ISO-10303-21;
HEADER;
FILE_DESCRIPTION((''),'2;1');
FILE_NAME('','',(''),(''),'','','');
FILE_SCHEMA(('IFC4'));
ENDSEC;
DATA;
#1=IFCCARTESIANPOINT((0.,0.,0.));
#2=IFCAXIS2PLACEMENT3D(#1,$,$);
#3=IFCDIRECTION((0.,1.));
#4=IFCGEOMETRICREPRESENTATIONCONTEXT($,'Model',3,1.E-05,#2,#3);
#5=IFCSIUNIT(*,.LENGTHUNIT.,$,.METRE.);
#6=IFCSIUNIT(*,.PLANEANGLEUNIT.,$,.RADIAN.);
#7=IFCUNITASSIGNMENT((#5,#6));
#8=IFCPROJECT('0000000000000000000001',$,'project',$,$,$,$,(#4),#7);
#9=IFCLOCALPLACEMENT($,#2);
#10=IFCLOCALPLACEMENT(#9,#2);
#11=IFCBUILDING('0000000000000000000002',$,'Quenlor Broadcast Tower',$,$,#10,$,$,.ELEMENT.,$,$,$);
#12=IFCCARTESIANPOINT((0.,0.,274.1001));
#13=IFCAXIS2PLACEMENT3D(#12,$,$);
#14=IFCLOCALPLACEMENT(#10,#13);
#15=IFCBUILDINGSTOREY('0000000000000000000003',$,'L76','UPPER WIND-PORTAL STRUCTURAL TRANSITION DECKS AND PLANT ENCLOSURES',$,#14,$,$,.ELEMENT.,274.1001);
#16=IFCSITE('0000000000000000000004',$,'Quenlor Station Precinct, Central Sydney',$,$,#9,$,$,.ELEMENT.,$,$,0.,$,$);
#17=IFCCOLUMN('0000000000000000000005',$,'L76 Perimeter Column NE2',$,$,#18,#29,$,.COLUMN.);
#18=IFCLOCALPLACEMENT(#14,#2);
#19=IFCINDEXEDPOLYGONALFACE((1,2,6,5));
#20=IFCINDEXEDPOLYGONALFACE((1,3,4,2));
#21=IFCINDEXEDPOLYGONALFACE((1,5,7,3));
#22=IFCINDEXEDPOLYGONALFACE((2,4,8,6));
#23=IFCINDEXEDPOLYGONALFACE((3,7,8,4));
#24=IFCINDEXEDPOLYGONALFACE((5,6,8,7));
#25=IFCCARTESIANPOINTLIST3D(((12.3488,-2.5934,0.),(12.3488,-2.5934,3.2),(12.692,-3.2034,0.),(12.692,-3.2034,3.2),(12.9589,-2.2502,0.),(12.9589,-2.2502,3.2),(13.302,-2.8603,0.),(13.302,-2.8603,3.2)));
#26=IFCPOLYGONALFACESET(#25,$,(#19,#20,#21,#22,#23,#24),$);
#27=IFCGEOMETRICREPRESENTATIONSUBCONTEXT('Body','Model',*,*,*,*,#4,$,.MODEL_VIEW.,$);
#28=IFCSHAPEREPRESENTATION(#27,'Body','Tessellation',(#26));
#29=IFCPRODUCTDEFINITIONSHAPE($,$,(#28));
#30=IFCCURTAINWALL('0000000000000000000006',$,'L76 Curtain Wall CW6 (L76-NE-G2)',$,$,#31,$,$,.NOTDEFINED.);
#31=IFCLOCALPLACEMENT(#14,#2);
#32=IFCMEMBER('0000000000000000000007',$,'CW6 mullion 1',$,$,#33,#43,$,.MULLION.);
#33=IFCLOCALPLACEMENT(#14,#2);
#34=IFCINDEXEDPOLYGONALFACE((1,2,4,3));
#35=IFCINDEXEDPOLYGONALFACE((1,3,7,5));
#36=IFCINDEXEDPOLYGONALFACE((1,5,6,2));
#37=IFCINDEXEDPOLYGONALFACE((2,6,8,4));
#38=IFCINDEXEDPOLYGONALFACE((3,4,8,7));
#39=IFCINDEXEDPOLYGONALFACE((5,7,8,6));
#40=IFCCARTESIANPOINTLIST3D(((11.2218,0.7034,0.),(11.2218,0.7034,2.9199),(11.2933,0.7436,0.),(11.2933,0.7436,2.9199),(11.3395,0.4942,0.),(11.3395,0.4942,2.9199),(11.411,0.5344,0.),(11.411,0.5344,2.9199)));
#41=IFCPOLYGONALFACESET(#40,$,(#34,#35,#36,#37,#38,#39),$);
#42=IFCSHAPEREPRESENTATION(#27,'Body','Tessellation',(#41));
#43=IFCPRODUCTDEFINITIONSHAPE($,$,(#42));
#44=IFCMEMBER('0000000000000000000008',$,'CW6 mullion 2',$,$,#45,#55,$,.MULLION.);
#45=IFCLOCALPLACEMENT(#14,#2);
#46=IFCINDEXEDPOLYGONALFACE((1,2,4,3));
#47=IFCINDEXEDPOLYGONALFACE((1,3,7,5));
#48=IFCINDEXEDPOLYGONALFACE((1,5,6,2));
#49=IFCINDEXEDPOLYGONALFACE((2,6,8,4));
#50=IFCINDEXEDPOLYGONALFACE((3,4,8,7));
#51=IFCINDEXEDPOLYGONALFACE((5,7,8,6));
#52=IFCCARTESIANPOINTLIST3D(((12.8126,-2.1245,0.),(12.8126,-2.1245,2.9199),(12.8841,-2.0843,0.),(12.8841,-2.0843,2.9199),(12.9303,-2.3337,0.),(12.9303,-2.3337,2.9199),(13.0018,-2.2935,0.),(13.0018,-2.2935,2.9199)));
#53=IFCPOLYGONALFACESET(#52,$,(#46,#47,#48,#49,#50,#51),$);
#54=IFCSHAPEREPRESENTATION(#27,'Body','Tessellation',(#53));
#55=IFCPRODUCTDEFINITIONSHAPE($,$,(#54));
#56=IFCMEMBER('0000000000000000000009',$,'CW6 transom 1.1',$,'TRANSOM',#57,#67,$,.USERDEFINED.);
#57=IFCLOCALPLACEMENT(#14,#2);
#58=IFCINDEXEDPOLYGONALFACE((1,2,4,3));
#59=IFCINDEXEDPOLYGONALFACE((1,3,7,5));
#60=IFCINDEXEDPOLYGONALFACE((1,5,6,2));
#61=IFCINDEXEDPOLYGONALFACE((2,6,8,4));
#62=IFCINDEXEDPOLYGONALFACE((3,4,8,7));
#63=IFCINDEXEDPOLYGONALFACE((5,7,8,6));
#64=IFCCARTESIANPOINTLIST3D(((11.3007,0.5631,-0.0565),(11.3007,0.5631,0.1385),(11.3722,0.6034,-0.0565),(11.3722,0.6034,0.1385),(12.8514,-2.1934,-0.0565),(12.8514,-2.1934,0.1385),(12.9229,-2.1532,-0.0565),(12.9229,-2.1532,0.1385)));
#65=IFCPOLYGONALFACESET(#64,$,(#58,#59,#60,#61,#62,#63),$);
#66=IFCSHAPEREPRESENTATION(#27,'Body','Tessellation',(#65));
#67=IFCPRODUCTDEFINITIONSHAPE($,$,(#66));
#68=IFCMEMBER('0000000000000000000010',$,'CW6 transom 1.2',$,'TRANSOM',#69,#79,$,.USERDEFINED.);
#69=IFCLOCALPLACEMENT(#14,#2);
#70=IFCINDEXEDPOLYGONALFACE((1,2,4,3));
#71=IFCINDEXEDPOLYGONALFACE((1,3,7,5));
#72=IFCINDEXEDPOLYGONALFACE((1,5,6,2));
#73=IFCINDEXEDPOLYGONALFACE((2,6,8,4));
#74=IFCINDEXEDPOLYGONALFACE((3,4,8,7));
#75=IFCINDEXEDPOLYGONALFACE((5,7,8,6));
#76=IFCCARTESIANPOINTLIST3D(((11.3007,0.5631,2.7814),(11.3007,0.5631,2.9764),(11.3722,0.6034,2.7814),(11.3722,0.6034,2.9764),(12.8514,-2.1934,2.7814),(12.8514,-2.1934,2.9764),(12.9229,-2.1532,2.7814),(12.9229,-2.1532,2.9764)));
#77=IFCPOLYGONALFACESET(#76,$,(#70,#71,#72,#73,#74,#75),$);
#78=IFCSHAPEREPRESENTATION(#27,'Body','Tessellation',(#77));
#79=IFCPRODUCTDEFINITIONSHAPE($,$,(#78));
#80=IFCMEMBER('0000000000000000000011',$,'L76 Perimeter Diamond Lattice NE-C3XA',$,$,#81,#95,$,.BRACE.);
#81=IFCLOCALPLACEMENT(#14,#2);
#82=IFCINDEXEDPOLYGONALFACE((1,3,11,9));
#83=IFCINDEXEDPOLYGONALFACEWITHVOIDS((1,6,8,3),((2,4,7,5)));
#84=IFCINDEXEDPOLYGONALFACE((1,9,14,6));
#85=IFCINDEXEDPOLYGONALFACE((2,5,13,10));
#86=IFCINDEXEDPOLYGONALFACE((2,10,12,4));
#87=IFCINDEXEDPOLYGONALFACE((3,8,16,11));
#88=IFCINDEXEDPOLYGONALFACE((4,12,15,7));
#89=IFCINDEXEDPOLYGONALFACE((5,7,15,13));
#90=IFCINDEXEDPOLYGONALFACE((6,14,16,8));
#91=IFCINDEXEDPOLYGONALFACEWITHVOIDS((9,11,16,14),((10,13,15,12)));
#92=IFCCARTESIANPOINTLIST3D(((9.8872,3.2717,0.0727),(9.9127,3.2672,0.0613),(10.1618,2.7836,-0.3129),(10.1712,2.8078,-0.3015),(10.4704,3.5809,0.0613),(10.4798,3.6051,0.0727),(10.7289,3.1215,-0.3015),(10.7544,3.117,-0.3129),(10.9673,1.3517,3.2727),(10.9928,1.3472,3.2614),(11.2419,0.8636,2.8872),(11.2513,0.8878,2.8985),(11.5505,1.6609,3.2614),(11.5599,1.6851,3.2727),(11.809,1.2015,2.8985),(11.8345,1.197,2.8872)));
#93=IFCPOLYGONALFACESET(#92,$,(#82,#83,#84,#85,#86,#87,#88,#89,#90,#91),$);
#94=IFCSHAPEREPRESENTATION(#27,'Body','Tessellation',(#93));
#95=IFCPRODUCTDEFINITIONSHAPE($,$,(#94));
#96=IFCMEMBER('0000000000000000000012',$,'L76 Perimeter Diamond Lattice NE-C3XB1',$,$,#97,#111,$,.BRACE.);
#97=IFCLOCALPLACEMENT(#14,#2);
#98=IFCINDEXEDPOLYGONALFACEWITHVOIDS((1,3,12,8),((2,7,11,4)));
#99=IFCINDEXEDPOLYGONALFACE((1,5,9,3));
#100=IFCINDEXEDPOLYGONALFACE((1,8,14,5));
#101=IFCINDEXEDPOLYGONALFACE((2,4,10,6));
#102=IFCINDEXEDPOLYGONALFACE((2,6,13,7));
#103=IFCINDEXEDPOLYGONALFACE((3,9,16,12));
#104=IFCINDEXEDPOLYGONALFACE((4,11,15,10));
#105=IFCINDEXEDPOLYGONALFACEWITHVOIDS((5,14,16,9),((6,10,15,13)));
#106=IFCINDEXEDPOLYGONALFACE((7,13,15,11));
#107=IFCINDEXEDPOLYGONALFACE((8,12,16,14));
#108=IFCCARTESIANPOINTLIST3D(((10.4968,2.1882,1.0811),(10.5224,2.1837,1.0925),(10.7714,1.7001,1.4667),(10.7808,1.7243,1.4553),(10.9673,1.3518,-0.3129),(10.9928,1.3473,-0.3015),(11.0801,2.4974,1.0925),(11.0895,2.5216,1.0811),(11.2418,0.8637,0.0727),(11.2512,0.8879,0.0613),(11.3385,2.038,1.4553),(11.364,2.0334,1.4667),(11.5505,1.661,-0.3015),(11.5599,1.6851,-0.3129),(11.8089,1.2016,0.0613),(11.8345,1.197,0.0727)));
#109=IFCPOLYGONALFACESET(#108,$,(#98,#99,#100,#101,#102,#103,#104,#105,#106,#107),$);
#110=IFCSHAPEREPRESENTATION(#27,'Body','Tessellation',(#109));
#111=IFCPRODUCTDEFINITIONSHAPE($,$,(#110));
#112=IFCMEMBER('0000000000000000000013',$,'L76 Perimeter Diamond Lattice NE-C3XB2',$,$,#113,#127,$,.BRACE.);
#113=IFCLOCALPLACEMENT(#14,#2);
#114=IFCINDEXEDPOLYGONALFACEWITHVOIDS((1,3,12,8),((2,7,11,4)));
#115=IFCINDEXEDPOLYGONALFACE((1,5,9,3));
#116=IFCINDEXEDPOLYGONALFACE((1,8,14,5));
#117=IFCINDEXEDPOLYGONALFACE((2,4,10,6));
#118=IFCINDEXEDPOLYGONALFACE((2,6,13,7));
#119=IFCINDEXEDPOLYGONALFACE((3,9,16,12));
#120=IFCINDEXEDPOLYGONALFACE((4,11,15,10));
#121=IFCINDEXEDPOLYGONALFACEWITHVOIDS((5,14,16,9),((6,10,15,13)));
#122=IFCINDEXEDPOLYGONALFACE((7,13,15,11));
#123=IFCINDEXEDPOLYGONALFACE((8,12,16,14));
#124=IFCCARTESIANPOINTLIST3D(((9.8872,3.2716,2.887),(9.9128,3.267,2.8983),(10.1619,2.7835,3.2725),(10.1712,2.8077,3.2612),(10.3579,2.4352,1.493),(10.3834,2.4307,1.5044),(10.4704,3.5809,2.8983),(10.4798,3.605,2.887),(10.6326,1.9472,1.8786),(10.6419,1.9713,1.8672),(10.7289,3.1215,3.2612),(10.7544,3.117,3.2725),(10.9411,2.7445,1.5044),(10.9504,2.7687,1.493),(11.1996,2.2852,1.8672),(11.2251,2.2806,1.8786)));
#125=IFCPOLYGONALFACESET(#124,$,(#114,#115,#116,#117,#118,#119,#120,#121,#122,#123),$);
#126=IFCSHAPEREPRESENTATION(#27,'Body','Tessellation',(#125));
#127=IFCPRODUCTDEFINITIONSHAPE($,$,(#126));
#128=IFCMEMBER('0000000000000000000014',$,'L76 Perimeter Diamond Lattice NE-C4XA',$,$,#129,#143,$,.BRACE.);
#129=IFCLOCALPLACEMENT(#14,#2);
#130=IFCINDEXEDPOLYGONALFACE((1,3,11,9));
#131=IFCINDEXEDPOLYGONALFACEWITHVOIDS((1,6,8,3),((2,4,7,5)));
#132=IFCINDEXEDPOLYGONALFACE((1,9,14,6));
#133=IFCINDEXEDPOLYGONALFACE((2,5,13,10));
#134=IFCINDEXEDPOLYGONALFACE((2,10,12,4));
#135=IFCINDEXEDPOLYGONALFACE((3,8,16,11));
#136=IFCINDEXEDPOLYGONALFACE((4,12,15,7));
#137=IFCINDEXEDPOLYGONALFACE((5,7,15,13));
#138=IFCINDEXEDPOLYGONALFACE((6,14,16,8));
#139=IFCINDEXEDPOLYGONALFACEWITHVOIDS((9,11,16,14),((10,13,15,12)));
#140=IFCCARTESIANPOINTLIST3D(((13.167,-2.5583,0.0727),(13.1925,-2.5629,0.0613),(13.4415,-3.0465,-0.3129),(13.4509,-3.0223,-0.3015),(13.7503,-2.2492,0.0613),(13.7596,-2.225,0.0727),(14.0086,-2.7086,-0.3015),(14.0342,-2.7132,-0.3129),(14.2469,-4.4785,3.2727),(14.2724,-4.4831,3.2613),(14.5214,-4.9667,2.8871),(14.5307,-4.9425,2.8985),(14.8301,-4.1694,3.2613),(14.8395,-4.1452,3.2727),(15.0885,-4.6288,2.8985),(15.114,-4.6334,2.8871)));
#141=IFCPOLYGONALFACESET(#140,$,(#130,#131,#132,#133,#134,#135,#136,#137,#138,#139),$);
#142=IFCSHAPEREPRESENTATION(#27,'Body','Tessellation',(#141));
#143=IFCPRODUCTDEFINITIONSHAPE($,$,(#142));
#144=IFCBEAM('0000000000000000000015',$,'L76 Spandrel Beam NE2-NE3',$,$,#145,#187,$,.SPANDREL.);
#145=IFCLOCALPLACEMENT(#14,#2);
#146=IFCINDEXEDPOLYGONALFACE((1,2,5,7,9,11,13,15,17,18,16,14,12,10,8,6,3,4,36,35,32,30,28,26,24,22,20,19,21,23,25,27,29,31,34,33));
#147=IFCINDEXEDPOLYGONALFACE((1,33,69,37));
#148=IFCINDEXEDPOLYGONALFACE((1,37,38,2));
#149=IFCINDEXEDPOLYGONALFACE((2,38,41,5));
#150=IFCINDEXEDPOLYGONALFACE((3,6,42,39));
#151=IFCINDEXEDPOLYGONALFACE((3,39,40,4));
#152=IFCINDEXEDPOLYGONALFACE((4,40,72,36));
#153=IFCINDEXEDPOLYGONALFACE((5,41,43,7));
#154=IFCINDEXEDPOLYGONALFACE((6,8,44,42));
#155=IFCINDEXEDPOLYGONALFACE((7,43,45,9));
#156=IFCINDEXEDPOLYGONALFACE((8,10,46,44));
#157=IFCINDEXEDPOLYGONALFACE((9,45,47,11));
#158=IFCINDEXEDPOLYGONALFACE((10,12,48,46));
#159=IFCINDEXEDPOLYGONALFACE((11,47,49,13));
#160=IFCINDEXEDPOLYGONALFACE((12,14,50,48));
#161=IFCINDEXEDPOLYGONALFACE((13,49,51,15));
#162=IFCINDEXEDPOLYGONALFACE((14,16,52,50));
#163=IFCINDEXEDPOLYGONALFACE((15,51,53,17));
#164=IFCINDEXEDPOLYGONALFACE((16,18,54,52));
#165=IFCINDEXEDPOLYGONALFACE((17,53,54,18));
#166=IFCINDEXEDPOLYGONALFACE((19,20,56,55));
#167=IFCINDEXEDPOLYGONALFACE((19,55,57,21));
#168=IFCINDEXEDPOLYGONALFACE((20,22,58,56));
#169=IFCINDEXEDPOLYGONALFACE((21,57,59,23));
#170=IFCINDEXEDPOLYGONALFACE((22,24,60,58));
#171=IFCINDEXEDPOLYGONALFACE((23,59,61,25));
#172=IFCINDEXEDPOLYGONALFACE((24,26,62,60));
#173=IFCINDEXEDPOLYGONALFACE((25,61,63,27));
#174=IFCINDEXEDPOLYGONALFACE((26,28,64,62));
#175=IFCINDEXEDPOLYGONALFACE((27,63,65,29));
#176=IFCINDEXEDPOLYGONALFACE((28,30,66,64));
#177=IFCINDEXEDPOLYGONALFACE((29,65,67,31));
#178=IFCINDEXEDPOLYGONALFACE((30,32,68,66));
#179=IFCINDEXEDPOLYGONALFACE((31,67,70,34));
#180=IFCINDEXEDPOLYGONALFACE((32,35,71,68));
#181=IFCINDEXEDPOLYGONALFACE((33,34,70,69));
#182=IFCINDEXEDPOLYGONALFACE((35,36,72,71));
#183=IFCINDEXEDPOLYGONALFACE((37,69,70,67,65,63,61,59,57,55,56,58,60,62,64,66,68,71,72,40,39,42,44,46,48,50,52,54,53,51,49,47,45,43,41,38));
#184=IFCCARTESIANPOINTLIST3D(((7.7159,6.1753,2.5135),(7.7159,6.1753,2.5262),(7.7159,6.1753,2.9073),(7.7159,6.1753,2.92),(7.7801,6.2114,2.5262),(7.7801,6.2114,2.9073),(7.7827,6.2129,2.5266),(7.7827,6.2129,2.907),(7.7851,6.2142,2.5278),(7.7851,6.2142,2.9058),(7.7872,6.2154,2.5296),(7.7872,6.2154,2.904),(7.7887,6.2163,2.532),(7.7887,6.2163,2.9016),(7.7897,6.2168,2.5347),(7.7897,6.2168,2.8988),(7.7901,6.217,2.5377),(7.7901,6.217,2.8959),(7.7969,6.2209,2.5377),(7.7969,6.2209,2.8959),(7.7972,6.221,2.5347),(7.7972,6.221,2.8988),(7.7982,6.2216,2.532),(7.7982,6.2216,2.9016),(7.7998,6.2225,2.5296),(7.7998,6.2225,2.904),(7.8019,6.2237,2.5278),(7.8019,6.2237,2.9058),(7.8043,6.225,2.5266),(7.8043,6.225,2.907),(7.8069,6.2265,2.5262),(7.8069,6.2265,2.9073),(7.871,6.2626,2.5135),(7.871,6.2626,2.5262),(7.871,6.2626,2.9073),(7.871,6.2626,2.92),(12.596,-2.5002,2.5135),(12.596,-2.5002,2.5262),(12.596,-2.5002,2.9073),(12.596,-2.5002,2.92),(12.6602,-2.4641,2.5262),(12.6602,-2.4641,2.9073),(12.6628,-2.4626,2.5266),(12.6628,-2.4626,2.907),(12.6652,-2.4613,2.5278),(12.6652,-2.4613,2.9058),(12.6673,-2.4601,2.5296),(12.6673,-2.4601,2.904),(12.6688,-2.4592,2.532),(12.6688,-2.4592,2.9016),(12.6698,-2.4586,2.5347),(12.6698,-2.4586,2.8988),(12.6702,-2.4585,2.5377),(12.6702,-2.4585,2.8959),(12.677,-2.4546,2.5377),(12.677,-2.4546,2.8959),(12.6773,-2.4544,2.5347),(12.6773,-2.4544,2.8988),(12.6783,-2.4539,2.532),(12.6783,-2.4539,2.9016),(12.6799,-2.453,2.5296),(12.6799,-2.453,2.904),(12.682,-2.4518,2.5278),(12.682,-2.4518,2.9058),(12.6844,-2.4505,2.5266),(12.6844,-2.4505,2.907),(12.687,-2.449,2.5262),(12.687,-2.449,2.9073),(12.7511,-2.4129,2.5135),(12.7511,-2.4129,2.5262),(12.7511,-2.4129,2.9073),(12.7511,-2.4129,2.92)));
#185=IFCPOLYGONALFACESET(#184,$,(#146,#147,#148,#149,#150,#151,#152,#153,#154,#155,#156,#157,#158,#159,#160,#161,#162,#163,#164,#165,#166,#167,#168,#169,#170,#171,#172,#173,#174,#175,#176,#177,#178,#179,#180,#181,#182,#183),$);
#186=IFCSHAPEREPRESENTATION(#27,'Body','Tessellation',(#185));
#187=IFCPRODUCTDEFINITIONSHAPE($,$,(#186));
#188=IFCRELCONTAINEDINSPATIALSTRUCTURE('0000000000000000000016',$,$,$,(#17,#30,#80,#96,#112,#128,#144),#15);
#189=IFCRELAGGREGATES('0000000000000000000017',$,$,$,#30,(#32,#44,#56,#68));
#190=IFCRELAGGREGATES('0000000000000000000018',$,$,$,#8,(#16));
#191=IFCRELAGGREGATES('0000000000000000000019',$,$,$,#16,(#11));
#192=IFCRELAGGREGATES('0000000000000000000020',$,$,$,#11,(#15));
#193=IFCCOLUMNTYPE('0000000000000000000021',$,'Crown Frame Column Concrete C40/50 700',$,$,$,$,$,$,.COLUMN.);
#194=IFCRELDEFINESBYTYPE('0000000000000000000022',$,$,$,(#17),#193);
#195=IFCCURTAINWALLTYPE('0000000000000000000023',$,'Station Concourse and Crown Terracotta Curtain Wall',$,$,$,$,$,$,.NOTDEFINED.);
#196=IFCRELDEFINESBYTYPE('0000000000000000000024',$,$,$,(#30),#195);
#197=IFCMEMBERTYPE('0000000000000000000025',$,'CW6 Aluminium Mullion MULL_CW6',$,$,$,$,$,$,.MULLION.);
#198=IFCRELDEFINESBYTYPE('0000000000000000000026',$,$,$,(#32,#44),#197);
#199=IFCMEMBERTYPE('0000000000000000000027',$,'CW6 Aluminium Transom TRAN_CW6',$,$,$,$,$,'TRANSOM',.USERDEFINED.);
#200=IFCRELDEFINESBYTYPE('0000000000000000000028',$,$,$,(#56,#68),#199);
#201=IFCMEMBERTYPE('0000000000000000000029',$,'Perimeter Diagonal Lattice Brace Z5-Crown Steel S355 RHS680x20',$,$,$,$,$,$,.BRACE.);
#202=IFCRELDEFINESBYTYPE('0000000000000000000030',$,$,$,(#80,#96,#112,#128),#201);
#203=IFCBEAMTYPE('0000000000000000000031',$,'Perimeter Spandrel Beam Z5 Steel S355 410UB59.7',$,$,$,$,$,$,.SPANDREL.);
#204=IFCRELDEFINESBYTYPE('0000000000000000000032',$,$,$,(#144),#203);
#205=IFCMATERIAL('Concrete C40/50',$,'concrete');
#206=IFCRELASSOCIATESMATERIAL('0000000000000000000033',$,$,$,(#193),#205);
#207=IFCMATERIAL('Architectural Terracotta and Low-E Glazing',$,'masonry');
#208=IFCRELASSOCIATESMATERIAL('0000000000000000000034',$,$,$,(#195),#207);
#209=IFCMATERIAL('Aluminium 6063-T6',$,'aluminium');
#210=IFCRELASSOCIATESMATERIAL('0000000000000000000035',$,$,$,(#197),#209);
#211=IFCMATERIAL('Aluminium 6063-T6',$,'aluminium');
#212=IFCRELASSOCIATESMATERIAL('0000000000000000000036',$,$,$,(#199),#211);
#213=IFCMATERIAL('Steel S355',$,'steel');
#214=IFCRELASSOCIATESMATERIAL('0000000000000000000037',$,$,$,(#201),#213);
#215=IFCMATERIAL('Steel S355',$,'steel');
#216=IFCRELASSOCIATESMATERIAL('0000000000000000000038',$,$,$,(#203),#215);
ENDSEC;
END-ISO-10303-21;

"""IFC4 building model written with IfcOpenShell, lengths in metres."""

from ifc_helpers import new_model, si_unit, direction, frame, origin, origin_2d, place, context, subcontext, project, spatial, rectangle, hollow_rectangle, i_section, extrude, material, material_profile, profile_set, type_object, element, aggregate, save


model = new_model("IFC4")

# Units and contexts
model_context = context("Model", 3, precision=1e-05, world=origin(), true_north=direction((0.0, 1.0)))
body_context = subcontext(model_context, "Body", "Model", "MODEL_VIEW")
ifc_project = project(units=[si_unit("LENGTHUNIT", "METRE"), si_unit("PLANEANGLEUNIT", "RADIAN")], contexts=[model_context])

# Site, building, storey
site_placement = place(None, origin())
site = spatial("IfcSite", under=ifc_project, at=site_placement, Name="Quenlor Station Precinct, Central Sydney", CompositionType="ELEMENT", RefElevation=0.0)
building_placement = place(site_placement, origin())
building = spatial("IfcBuilding", under=site, at=building_placement, Name="Quenlor Broadcast Tower", CompositionType="ELEMENT")
storey_placement = place(building_placement, frame((0.0, 0.0, 274.1001)))
storey = spatial("IfcBuildingStorey", under=building, at=storey_placement, Name="L76", Description="UPPER WIND-PORTAL STRUCTURAL TRANSITION DECKS AND PLANT ENCLOSURES", CompositionType="ELEMENT", Elevation=274.1001)

# Column
ifc_material_1 = material(Name="Concrete C40/50", Category="concrete")
ifc_material_profile_1 = material_profile(ifc_material_1, rectangle(XDim=0.7, YDim=0.7, at=origin_2d()))
ifc_profile_set_1 = profile_set([ifc_material_profile_1], Name="Concrete C40/50 RC700x700")
column_type = type_object("IfcColumnType", Name="Crown Frame Column Concrete C40/50 700", PredefinedType="COLUMN", material=ifc_profile_set_1)
column_placement = place(storey_placement, frame((12.8254, -2.7268, 0.0), z_axis=(0.0, 0.0, 1.0), x_axis=(0.871575, 0.490262, 0.0)))
element("IfcColumn", 1, at=column_placement, inside=storey, type_object=column_type, Name="L76 Perimeter Column NE2", PredefinedType="COLUMN", context=body_context, shape_type="SweptSolid", body=[
    extrude(rectangle(XDim=0.7, YDim=0.7, at=origin_2d()), origin(), (0.0, 0.0, 1.0), 3.2),
])

# Curtain wall, members
ifc_material_2 = material(Name="Architectural Terracotta and Low-E Glazing", Category="masonry")
curtain_wall_type = type_object("IfcCurtainWallType", Name="Station Concourse and Crown Terracotta Curtain Wall", PredefinedType="NOTDEFINED", material=ifc_material_2)
curtain_wall_placement = place(storey_placement, origin())
curtain_wall = element("IfcCurtainWall", 2, at=curtain_wall_placement, inside=storey, type_object=curtain_wall_type, Name="L76 Curtain Wall CW6 (L76-NE-G2)", PredefinedType="NOTDEFINED")
ifc_material_3 = material(Name="Aluminium 6063-T6", Category="aluminium")
ifc_material_profile_2 = material_profile(ifc_material_3, rectangle(XDim=0.082, YDim=0.24, at=origin_2d()))
ifc_profile_set_2 = profile_set([ifc_material_profile_2], Name="Aluminium 6063-T6 MULL82x240")
member_type_1 = type_object("IfcMemberType", Name="CW6 Aluminium Mullion MULL_CW6", PredefinedType="MULLION", material=ifc_profile_set_2)
member_1_placement = place(storey_placement, frame((11.3164, 0.6189, 0.0), z_axis=(0.0, 0.0, 1.0), x_axis=(0.871572, 0.490268, 0.0)))
member_1 = element("IfcMember", 3, at=member_1_placement, type_object=member_type_1, Name="CW6 mullion 1", PredefinedType="MULLION", context=body_context, shape_type="SweptSolid", body=[
    extrude(rectangle(XDim=0.082, YDim=0.24, at=origin_2d()), origin(), (0.0, 0.0, 1.0), 2.9199),
])
member_2_placement = place(storey_placement, frame((12.9072, -2.209, 0.0), z_axis=(0.0, 0.0, 1.0), x_axis=(0.871572, 0.490268, 0.0)))
member_2 = element("IfcMember", 4, at=member_2_placement, type_object=member_type_1, Name="CW6 mullion 2", PredefinedType="MULLION", context=body_context, shape_type="SweptSolid", body=[
    extrude(rectangle(XDim=0.082, YDim=0.24, at=origin_2d()), origin(), (0.0, 0.0, 1.0), 2.9199),
])
ifc_material_4 = material(Name="Aluminium 6063-T6", Category="aluminium")
ifc_material_profile_3 = material_profile(ifc_material_4, rectangle(XDim=0.082, YDim=0.1951, at=origin_2d()))
ifc_profile_set_3 = profile_set([ifc_material_profile_3], Name="Aluminium 6063-T6 TRAN82x195")
member_type_2 = type_object("IfcMemberType", Name="CW6 Aluminium Transom TRAN_CW6", ElementType="TRANSOM", PredefinedType="USERDEFINED", material=ifc_profile_set_3)
member_3_placement = place(storey_placement, frame((11.3364, 0.5833, 0.041), z_axis=(0.490309, -0.871549, 0.0), x_axis=(0.871549, 0.490309, 0.0)))
member_3 = element("IfcMember", 5, at=member_3_placement, type_object=member_type_2, Name="CW6 transom 1.1", ObjectType="TRANSOM", PredefinedType="USERDEFINED", context=body_context, shape_type="SweptSolid", body=[
    extrude(rectangle(XDim=0.082, YDim=0.1951, at=origin_2d()), origin(), (0.0, 0.0, 1.0), 3.1628),
])
member_4_placement = place(storey_placement, frame((11.3364, 0.5833, 2.8789), z_axis=(0.490309, -0.871549, 0.0), x_axis=(0.871549, 0.490309, 0.0)))
member_4 = element("IfcMember", 6, at=member_4_placement, type_object=member_type_2, Name="CW6 transom 1.2", ObjectType="TRANSOM", PredefinedType="USERDEFINED", context=body_context, shape_type="SweptSolid", body=[
    extrude(rectangle(XDim=0.082, YDim=0.1951, at=origin_2d()), origin(), (0.0, 0.0, 1.0), 3.1628),
])

# Members
ifc_material_5 = material(Name="Steel S355", Category="steel")
ifc_material_profile_4 = material_profile(ifc_material_5, hollow_rectangle(XDim=0.6799, YDim=0.6799, WallThickness=0.02, at=origin_2d()))
ifc_profile_set_4 = profile_set([ifc_material_profile_4], Name="Steel S355 RHS680x680x20")
member_type_3 = type_object("IfcMemberType", Name="Perimeter Diagonal Lattice Brace Z5-Crown Steel S355 RHS680x20", PredefinedType="BRACE", material=ifc_profile_set_4)
member_5_placement = place(storey_placement, frame((10.3208, 3.1943, -0.1201), z_axis=(0.27802, -0.494203, 0.823692), x_axis=(0.871552, 0.490303, 0.0)))
element("IfcMember", 7, at=member_5_placement, inside=storey, type_object=member_type_3, Name="L76 Perimeter Diamond Lattice NE-C3XA", PredefinedType="BRACE", context=body_context, shape_type="SweptSolid", body=[
    extrude(hollow_rectangle(XDim=0.6799, YDim=0.6799, WallThickness=0.02, at=origin_2d()), origin(), (0.0, 0.0, 1.0), 3.885),
])
for number, where, z_axis, x_axis, name in (
    (8, (11.4009, 1.2744, -0.1201), (-0.27798, 0.494218, 0.823697), (-0.871589, -0.490237, 0.0), "L76 Perimeter Diamond Lattice NE-C3XB1"),
    (9, (10.7915, 2.3579, 1.6858), (-0.278113, 0.494198, 0.823664), (-0.87148, -0.49043, 0.0), "L76 Perimeter Diamond Lattice NE-C3XB2"),
):
    element("IfcMember", number, at=place(storey_placement, frame(where, z_axis=z_axis, x_axis=x_axis)), inside=storey, type_object=member_type_3, Name=name, PredefinedType="BRACE", context=body_context, shape_type="SweptSolid", body=[
        extrude(hollow_rectangle(XDim=0.6799, YDim=0.6799, WallThickness=0.02, at=origin_2d()), origin(), (0.0, 0.0, 1.0), 1.6924),
    ])
member_6_placement = place(storey_placement, frame((13.6006, -2.6357, -0.1201), z_axis=(0.277954, -0.494259, 0.823681), x_axis=(0.871626, 0.490172, 0.0)))
element("IfcMember", 10, at=member_6_placement, inside=storey, type_object=member_type_3, Name="L76 Perimeter Diamond Lattice NE-C4XA", PredefinedType="BRACE", context=body_context, shape_type="SweptSolid", body=[
    extrude(hollow_rectangle(XDim=0.6799, YDim=0.6799, WallThickness=0.02, at=origin_2d()), origin(), (0.0, 0.0, 1.0), 3.885),
])

# Beam
ifc_material_6 = material(Name="Steel S355", Category="steel")
ifc_material_profile_5 = material_profile(ifc_material_6, i_section(OverallWidth=0.178, OverallDepth=0.4065, WebThickness=0.0078, FlangeThickness=0.0127, FilletRadius=0.0115, at=origin_2d()))
ifc_profile_set_5 = profile_set([ifc_material_profile_5], Name="Steel S355 410UB59.7")
beam_type = type_object("IfcBeamType", Name="Perimeter Spandrel Beam Z5 Steel S355 410UB59.7", PredefinedType="SPANDREL", material=ifc_profile_set_5)
beam_placement = place(storey_placement, frame((12.6736, -2.4565, 2.7168), z_axis=(-0.490272, 0.87157, 0.0), x_axis=(-0.87157, -0.490272, 0.0)))
element("IfcBeam", 11, at=beam_placement, inside=storey, type_object=beam_type, Name="L76 Spandrel Beam NE2-NE3", PredefinedType="SPANDREL", context=body_context, shape_type="SweptSolid", body=[
    extrude(i_section(OverallWidth=0.178, OverallDepth=0.4065, WebThickness=0.0078, FlangeThickness=0.0127, FilletRadius=0.0115, at=origin_2d()), origin(), (0.0, 0.0, 1.0), 9.9539),
])

aggregate(curtain_wall, [member_1, member_2, member_3, member_4])

save(model, "model.ifc")
